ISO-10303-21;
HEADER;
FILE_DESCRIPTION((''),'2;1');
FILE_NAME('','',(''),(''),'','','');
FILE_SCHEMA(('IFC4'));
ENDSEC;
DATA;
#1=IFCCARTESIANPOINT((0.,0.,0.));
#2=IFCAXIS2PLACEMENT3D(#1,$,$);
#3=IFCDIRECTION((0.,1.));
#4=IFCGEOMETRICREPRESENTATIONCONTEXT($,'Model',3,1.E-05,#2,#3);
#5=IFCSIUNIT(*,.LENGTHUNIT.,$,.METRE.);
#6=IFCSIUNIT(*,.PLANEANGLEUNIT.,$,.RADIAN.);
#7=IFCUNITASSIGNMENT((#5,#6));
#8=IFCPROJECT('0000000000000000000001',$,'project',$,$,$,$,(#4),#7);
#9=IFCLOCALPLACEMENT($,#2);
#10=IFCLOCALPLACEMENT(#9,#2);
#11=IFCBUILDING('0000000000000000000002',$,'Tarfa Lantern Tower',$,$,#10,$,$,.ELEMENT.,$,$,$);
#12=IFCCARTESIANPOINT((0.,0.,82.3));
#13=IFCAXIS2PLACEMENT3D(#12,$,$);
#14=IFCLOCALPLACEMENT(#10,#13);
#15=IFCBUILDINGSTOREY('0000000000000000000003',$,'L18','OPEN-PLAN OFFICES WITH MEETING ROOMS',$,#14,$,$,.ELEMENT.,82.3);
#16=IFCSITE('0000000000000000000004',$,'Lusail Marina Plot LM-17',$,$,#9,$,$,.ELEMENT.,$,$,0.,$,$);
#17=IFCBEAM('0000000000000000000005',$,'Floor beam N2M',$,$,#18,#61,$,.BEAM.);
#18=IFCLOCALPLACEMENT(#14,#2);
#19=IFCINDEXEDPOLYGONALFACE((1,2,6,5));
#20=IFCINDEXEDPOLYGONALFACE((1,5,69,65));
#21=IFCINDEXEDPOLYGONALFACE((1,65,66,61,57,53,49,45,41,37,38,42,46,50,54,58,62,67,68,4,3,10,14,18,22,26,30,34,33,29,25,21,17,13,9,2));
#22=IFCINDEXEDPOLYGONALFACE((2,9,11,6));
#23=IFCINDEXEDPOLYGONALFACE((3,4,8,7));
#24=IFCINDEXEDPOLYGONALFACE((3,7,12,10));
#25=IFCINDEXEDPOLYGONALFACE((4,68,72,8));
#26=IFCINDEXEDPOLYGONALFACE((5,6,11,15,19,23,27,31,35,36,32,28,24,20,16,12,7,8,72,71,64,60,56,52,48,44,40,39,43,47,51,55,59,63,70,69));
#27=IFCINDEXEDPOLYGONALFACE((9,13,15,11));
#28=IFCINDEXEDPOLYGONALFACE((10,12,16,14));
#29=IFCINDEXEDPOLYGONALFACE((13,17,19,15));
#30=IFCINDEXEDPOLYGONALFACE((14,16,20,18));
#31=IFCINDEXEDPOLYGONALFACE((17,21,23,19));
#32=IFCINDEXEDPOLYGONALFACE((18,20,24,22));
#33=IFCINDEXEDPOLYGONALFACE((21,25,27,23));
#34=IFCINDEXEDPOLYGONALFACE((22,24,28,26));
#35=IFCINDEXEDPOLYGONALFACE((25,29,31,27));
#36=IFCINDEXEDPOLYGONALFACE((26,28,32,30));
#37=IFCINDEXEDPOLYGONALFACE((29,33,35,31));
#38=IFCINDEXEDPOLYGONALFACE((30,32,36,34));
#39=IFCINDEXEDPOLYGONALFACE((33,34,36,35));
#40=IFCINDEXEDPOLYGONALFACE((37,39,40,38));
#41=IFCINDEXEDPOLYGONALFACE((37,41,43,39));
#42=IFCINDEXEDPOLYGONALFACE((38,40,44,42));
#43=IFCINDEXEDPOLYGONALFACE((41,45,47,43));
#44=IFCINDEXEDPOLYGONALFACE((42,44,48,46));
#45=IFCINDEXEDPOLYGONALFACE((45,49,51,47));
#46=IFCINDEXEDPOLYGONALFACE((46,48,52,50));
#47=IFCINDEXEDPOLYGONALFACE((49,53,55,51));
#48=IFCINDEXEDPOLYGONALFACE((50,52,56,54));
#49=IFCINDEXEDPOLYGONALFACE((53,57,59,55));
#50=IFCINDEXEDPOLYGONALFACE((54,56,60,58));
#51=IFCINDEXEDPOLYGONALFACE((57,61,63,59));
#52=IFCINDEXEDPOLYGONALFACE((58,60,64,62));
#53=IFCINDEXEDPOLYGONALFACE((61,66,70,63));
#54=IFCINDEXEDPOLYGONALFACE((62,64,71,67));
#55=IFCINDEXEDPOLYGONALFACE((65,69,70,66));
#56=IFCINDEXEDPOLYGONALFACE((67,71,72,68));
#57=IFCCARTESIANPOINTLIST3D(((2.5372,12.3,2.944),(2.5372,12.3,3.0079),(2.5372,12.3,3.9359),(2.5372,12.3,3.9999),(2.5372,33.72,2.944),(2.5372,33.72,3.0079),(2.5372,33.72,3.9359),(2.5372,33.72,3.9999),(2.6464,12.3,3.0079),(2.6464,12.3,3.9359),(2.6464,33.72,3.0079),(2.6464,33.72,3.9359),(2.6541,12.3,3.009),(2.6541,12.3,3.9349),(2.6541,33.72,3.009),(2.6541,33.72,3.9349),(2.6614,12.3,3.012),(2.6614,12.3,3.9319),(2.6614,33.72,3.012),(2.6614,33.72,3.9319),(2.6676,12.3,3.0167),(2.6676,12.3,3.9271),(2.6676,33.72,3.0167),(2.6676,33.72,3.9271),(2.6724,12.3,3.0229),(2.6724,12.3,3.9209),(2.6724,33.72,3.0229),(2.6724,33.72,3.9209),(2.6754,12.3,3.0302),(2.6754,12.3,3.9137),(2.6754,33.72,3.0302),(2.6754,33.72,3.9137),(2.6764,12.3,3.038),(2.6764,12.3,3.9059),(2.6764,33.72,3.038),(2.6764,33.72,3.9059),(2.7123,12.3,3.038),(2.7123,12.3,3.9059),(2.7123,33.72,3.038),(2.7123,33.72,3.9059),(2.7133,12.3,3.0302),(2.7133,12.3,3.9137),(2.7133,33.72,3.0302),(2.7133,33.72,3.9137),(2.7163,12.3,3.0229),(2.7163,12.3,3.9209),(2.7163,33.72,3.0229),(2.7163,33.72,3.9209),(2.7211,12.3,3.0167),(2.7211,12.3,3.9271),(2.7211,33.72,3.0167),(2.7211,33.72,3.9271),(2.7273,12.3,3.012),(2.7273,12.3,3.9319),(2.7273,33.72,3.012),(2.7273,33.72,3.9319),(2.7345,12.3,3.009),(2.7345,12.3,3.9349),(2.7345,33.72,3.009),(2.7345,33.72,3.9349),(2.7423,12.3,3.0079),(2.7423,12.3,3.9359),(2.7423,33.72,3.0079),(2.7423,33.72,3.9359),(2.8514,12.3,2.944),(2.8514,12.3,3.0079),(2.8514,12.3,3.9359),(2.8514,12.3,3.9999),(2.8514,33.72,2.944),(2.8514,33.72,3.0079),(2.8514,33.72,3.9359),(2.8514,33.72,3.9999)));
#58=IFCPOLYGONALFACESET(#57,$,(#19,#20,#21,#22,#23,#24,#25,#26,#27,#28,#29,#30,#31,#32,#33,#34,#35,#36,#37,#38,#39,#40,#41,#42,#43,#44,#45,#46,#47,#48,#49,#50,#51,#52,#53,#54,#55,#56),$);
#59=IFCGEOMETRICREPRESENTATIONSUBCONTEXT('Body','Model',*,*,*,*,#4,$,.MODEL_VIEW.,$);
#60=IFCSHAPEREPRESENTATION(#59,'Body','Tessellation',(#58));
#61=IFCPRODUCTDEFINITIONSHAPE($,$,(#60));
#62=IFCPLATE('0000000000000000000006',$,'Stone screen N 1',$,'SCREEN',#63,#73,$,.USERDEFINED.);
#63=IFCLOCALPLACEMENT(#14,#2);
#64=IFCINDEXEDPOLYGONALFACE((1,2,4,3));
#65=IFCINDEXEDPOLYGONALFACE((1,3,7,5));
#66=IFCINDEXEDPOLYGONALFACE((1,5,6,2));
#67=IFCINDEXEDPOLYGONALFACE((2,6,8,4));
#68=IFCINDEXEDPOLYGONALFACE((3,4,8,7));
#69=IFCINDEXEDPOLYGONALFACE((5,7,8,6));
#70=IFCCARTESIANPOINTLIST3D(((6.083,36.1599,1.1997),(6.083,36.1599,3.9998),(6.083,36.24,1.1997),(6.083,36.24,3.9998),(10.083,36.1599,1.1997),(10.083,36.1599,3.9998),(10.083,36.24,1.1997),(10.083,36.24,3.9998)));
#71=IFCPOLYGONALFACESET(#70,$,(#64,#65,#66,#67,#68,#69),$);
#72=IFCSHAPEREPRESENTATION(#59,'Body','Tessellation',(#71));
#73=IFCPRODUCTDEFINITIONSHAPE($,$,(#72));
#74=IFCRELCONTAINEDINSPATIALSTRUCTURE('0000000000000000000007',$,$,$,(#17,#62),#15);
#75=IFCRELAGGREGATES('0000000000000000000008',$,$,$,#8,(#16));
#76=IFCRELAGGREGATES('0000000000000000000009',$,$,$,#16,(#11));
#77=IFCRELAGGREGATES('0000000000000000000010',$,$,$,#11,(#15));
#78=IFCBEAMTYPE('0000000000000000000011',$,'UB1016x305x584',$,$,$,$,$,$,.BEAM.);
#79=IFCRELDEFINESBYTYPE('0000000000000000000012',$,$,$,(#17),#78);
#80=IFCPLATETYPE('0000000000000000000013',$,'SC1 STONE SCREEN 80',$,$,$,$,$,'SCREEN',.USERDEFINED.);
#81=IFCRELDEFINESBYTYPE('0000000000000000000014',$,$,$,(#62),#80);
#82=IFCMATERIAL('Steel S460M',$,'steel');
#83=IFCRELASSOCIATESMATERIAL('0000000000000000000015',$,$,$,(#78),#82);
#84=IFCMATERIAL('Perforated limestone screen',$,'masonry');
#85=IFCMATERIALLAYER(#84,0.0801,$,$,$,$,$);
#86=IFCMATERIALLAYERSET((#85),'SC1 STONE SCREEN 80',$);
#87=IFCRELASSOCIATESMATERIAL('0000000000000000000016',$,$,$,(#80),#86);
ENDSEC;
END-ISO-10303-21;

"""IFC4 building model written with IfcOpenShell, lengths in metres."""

from ifc_helpers import new_model, si_unit, direction, frame, origin, origin_2d, place, context, subcontext, project, spatial, rectangle, i_section, extrude, material, layer, layer_set, material_profile, profile_set, type_object, element, save


model = new_model("IFC4")

# Units and contexts
model_context = context("Model", 3, precision=1e-05, world=origin(), true_north=direction((0.0, 1.0)))
body_context = subcontext(model_context, "Body", "Model", "MODEL_VIEW")
ifc_project = project(units=[si_unit("LENGTHUNIT", "METRE"), si_unit("PLANEANGLEUNIT", "RADIAN")], contexts=[model_context])

# Site, building, storey
site_placement = place(None, origin())
site = spatial("IfcSite", under=ifc_project, at=site_placement, Name="Lusail Marina Plot LM-17", CompositionType="ELEMENT", RefElevation=0.0)
building_placement = place(site_placement, origin())
building = spatial("IfcBuilding", under=site, at=building_placement, Name="Tarfa Lantern Tower", CompositionType="ELEMENT")
storey_placement = place(building_placement, frame((0.0, 0.0, 82.3)))
storey = spatial("IfcBuildingStorey", under=building, at=storey_placement, Name="L18", Description="OPEN-PLAN OFFICES WITH MEETING ROOMS", CompositionType="ELEMENT", Elevation=82.3)

# Beam
ifc_material_1 = material(Name="Steel S460M", Category="steel")
ifc_material_profile_1 = material_profile(ifc_material_1, i_section(OverallWidth=0.3142, OverallDepth=1.0559, WebThickness=0.0359, FlangeThickness=0.064, FilletRadius=0.03, at=origin_2d()), Name="UB1016x305x584")
ifc_profile_set_1 = profile_set([ifc_material_profile_1], Name="Steel S460M")
beam_type_1 = type_object("IfcBeamType", Name="UB1016x305x584", PredefinedType="BEAM", material=ifc_profile_set_1)
for number, where, z_axis, x_axis, name in (
    (1, (2.6943, 33.72, 3.4719), (0.0, -1.0, 0.0), (1.0, 0.0, 0.0), "Floor beam N2M"),
):
    element("IfcBeam", number, at=place(storey_placement, frame(where, z_axis=z_axis, x_axis=x_axis)), inside=storey, type_object=beam_type_1, Name=name, PredefinedType="BEAM", context=body_context, shape_type="SweptSolid", body=[
        extrude(i_section(OverallWidth=0.3142, OverallDepth=1.0559, WebThickness=0.0359, FlangeThickness=0.064, FilletRadius=0.03, at=origin_2d()), origin(), (0.0, 0.0, 1.0), 21.4199),
    ])

# Plate
ifc_material_2 = material(Name="Perforated limestone screen", Category="masonry")
ifc_layer_1 = layer(ifc_material_2, 0.0801)
ifc_layer_set_1 = layer_set([ifc_layer_1], Name="SC1 STONE SCREEN 80")
plate_type = type_object("IfcPlateType", Name="SC1 STONE SCREEN 80", ElementType="SCREEN", PredefinedType="USERDEFINED", material=ifc_layer_set_1)
plate_placement = place(storey_placement, frame((8.083, 36.2, 1.1997), z_axis=(0.0, 0.0, 1.0), x_axis=(-1.0, 0.0, 0.0)))
element("IfcPlate", 2, at=plate_placement, inside=storey, type_object=plate_type, Name="Stone screen N 1", ObjectType="SCREEN", PredefinedType="USERDEFINED", context=body_context, shape_type="SweptSolid", body=[
    extrude(rectangle(XDim=4.0, YDim=0.0801, at=origin_2d()), origin(), (0.0, 0.0, 1.0), 2.8),
])

save(model, "model.ifc")
